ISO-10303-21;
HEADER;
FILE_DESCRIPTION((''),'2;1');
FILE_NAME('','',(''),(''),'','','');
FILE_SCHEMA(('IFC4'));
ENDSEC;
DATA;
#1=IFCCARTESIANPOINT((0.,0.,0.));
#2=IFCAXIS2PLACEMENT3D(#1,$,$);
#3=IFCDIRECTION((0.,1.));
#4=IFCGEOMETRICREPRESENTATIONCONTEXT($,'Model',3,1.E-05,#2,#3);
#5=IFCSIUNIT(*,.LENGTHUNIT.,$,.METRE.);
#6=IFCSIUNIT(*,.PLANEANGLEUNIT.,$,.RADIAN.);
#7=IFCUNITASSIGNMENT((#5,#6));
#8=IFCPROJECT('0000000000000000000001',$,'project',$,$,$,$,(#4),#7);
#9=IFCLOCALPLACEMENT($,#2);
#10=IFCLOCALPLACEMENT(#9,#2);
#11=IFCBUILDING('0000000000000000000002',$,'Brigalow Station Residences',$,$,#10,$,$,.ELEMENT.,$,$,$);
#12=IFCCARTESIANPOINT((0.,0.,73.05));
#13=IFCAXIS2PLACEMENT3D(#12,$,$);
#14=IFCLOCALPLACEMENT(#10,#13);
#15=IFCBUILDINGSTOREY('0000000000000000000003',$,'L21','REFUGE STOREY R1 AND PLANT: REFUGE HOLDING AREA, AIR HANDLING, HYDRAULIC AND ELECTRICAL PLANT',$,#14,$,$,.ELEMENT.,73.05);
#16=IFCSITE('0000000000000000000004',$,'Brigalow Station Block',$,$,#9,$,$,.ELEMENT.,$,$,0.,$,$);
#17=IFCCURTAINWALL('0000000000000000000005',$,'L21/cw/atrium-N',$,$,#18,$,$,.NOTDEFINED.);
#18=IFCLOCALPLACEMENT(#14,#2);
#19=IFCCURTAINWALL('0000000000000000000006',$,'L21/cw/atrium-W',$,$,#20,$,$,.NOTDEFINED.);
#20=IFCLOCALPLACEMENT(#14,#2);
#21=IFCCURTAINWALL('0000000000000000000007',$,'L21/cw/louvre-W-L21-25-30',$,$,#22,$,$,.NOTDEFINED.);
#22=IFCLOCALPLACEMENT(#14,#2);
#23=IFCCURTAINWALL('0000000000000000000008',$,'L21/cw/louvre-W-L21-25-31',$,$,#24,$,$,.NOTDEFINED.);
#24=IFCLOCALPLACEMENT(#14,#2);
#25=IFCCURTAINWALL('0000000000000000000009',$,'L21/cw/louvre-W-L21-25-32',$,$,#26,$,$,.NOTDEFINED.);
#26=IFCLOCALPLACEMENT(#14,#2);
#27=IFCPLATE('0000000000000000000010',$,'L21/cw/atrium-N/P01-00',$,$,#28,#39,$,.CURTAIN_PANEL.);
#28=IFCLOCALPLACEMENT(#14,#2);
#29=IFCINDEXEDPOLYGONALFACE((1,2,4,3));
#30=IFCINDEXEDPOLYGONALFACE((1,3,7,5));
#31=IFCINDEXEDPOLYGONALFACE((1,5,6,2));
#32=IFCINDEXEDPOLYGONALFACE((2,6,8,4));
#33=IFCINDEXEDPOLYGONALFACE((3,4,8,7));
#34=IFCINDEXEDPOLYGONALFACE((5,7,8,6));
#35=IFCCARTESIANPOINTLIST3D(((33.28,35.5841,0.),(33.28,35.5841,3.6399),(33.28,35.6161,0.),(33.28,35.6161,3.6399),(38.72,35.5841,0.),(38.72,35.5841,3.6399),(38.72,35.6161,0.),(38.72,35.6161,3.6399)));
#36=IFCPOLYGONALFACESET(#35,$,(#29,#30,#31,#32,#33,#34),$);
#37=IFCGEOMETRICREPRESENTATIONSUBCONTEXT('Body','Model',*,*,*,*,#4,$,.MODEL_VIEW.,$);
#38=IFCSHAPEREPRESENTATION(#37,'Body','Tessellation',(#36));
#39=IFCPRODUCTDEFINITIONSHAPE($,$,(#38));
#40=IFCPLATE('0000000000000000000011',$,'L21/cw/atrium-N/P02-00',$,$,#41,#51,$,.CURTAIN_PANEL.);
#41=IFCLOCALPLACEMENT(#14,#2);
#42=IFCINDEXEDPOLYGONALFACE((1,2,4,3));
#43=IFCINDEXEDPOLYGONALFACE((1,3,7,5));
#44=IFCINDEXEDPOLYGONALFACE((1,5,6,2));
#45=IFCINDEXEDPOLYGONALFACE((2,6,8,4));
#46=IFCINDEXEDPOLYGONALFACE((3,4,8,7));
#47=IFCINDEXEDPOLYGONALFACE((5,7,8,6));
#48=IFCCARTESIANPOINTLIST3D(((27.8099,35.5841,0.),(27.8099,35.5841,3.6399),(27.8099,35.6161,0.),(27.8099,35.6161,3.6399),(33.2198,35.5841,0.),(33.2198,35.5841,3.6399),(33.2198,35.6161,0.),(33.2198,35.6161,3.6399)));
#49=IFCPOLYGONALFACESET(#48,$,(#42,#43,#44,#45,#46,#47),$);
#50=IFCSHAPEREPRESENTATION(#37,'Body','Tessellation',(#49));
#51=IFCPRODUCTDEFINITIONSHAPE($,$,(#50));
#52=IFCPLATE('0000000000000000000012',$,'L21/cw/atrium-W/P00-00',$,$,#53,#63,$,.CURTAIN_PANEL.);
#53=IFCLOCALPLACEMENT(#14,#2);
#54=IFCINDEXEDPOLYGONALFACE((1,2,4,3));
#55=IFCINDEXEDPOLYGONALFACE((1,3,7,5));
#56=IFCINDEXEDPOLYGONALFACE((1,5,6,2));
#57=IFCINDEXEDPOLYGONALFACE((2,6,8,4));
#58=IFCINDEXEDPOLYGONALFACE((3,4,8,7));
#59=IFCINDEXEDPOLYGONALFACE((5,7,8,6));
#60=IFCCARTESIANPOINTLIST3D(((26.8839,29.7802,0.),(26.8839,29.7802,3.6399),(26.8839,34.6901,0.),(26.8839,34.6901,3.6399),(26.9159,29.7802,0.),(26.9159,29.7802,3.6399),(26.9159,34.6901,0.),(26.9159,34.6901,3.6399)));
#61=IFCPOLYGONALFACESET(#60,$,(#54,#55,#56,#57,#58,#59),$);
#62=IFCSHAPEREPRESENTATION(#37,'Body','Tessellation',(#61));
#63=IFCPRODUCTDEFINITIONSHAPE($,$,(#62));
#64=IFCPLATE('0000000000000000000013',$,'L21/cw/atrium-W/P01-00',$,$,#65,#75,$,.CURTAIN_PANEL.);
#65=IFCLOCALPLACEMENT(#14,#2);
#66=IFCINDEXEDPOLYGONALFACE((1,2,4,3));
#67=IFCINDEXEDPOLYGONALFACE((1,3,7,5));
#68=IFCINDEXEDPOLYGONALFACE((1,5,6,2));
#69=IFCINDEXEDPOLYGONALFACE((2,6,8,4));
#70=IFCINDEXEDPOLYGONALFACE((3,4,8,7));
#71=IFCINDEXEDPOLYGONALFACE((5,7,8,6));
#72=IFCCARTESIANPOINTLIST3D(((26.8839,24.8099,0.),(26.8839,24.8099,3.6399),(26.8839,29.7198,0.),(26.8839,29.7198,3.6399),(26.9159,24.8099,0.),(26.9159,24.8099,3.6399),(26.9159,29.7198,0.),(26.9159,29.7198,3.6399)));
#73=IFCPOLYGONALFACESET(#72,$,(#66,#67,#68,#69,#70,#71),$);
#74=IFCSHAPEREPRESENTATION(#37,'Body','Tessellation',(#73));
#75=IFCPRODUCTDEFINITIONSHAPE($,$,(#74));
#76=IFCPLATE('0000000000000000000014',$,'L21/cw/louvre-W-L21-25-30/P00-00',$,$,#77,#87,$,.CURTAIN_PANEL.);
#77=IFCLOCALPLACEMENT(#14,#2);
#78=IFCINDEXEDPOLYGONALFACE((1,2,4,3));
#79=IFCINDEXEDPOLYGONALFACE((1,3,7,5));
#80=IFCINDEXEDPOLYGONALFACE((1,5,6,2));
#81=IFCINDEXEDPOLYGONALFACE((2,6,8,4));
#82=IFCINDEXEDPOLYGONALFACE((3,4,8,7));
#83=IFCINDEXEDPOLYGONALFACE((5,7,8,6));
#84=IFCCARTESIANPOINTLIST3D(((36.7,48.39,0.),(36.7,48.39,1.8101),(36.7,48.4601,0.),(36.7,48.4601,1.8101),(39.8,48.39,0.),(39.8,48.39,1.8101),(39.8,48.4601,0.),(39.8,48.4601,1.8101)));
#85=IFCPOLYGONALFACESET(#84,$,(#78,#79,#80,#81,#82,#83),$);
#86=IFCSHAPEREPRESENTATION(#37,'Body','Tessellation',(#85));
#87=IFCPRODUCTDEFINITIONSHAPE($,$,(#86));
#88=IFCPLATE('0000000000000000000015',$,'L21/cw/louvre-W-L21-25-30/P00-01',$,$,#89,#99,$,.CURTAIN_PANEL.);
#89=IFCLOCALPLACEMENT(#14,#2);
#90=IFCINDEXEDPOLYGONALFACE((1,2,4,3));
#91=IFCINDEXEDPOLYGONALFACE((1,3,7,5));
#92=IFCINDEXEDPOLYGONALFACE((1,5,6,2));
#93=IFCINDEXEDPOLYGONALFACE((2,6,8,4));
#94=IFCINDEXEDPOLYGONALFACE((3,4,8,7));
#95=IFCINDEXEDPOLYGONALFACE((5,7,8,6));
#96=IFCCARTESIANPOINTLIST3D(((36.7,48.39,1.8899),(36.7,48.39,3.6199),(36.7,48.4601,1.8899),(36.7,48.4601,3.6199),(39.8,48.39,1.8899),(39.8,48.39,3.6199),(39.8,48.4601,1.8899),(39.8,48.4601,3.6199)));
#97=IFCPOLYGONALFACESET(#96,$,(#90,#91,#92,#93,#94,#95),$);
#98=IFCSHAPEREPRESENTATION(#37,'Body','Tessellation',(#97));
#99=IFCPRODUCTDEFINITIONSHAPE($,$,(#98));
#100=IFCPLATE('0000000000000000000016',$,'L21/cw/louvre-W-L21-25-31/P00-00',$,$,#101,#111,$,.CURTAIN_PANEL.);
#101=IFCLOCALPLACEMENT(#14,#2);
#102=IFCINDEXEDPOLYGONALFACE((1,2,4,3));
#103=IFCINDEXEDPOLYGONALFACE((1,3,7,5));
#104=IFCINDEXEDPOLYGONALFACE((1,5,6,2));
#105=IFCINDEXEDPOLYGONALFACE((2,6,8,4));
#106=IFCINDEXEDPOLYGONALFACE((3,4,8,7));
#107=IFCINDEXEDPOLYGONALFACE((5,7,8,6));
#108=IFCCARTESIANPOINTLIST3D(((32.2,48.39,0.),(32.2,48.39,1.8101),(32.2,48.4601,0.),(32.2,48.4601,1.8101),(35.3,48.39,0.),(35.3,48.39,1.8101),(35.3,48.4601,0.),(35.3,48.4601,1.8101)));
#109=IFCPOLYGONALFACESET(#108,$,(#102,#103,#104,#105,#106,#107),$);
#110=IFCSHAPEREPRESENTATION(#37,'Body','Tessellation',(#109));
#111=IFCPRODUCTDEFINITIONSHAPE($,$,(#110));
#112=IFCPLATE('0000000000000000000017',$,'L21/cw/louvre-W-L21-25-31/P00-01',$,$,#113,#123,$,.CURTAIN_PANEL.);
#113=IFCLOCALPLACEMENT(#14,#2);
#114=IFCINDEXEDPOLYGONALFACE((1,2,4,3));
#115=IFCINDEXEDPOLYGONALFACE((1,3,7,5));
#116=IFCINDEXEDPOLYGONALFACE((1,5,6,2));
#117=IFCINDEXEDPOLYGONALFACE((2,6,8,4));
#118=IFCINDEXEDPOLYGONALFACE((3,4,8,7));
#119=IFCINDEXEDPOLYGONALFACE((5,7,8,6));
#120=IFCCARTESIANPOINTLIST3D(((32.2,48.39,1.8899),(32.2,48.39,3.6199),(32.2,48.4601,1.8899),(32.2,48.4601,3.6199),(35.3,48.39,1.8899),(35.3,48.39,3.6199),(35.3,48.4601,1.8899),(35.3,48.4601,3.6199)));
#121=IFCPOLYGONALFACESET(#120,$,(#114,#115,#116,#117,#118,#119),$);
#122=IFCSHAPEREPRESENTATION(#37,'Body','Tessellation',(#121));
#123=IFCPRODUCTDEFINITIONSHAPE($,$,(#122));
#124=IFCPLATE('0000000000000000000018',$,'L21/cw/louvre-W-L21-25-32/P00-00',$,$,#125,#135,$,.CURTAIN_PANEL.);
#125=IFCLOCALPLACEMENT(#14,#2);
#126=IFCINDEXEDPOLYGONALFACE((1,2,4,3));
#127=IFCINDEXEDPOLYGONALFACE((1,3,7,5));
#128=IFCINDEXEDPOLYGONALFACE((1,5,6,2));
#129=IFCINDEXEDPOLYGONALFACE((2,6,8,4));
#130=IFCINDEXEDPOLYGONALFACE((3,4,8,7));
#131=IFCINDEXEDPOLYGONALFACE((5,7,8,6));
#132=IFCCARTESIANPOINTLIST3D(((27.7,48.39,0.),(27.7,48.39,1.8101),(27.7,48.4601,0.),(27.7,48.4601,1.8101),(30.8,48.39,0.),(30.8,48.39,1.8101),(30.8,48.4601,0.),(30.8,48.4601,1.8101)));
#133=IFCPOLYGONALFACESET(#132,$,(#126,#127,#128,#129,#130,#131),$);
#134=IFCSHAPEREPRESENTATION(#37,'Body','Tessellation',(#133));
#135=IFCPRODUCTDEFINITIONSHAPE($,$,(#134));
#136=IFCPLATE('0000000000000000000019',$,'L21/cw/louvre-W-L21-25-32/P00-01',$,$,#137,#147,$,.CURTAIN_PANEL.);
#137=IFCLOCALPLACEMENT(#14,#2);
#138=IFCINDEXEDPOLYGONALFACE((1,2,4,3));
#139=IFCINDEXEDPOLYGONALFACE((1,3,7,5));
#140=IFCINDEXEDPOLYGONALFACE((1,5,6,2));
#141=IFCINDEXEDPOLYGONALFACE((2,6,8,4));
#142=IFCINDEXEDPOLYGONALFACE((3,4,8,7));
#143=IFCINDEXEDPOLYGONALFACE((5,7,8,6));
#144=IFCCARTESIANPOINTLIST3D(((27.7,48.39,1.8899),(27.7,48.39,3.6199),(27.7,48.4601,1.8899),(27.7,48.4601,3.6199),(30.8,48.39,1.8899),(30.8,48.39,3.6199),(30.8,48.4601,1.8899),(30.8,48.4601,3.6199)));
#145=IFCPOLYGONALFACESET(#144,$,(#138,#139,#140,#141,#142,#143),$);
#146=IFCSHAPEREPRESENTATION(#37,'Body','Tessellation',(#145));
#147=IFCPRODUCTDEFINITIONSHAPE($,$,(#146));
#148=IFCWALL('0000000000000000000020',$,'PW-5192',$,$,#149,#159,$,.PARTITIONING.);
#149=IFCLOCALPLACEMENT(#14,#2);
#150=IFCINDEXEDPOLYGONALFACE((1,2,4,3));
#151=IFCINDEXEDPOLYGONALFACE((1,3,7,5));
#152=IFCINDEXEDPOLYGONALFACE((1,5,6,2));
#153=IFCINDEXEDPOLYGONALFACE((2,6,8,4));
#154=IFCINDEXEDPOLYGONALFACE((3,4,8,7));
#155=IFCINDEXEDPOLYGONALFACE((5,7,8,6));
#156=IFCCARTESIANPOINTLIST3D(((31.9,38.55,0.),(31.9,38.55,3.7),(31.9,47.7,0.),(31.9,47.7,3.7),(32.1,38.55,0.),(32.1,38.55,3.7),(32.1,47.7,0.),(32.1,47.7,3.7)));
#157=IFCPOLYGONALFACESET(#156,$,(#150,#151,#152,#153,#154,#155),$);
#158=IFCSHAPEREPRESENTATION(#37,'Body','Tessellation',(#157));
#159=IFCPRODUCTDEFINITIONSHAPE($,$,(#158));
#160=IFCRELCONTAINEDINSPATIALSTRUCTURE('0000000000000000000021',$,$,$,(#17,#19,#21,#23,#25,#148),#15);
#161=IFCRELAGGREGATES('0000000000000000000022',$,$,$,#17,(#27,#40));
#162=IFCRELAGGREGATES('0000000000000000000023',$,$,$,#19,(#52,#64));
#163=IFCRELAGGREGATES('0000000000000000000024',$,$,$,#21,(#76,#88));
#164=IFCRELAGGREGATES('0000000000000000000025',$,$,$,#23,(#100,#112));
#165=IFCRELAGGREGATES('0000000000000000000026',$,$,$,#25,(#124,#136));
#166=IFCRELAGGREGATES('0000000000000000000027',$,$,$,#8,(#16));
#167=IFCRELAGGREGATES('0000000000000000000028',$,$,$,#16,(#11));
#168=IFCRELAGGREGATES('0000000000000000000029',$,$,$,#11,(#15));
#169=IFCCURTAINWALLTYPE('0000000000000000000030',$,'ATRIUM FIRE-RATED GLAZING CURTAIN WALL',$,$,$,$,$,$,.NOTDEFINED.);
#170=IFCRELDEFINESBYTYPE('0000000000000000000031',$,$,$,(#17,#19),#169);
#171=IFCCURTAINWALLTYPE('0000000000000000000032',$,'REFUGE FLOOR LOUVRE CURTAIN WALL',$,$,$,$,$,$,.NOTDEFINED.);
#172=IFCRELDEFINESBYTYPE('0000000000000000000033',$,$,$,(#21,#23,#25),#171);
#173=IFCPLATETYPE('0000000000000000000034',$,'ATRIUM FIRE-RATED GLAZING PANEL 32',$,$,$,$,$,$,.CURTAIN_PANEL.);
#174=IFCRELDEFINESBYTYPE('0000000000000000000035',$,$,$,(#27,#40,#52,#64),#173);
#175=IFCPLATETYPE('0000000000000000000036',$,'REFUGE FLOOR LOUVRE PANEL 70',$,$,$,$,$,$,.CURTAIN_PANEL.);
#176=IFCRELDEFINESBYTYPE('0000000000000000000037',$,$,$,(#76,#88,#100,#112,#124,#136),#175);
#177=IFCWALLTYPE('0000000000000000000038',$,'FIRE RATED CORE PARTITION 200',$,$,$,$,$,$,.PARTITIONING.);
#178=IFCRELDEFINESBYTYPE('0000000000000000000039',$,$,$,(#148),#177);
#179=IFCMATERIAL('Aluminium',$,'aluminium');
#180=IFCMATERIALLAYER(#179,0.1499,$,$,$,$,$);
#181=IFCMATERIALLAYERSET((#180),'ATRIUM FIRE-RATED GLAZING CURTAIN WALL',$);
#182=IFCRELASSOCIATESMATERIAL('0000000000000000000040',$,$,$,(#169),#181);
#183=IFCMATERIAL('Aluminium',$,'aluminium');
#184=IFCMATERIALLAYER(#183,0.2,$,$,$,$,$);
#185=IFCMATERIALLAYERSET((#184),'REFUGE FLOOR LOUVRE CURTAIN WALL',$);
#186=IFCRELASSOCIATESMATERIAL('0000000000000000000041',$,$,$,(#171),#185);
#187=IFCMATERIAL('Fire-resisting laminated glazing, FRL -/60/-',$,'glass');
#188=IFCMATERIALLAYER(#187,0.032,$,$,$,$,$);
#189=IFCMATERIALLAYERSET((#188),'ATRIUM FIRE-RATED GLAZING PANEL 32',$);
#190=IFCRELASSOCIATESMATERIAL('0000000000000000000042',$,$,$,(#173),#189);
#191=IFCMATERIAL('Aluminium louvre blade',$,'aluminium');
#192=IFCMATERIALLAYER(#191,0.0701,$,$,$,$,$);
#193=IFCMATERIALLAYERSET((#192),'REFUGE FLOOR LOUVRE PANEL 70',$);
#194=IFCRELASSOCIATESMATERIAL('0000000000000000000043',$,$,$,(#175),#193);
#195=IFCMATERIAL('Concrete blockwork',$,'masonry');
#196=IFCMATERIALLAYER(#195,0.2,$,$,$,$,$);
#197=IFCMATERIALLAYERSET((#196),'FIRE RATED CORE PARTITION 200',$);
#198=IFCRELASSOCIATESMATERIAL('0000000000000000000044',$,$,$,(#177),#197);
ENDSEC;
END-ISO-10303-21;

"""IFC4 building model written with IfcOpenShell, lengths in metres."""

from ifc_helpers import new_model, si_unit, direction, frame, frame_2d, origin, origin_2d, place, context, subcontext, project, spatial, rectangle, extrude, material, layer, layer_set, type_object, element, aggregate, save


model = new_model("IFC4")

# Units and contexts
model_context = context("Model", 3, precision=1e-05, world=origin(), true_north=direction((0.0, 1.0)))
body_context = subcontext(model_context, "Body", "Model", "MODEL_VIEW")
ifc_project = project(units=[si_unit("LENGTHUNIT", "METRE"), si_unit("PLANEANGLEUNIT", "RADIAN")], contexts=[model_context])

# Site, building, storey
site_placement = place(None, origin())
site = spatial("IfcSite", under=ifc_project, at=site_placement, Name="Brigalow Station Block", CompositionType="ELEMENT", RefElevation=0.0)
building_placement = place(site_placement, origin())
building = spatial("IfcBuilding", under=site, at=building_placement, Name="Brigalow Station Residences", CompositionType="ELEMENT")
storey_placement = place(building_placement, frame((0.0, 0.0, 73.05)))
storey = spatial("IfcBuildingStorey", under=building, at=storey_placement, Name="L21", Description="REFUGE STOREY R1 AND PLANT: REFUGE HOLDING AREA, AIR HANDLING, HYDRAULIC AND ELECTRICAL PLANT", CompositionType="ELEMENT", Elevation=73.05)

# Curtain walls
ifc_material_1 = material(Name="Aluminium", Category="aluminium")
ifc_layer_1 = layer(ifc_material_1, 0.1499)
ifc_layer_set_1 = layer_set([ifc_layer_1], Name="ATRIUM FIRE-RATED GLAZING CURTAIN WALL")
curtain_wall_type_1 = type_object("IfcCurtainWallType", Name="ATRIUM FIRE-RATED GLAZING CURTAIN WALL", PredefinedType="NOTDEFINED", material=ifc_layer_set_1)
curtain_wall_1_placement = place(storey_placement, origin())
curtain_wall_1 = element("IfcCurtainWall", 1, at=curtain_wall_1_placement, inside=storey, type_object=curtain_wall_type_1, Name="L21/cw/atrium-N", PredefinedType="NOTDEFINED")
curtain_wall_2_placement = place(storey_placement, origin())
curtain_wall_2 = element("IfcCurtainWall", 2, at=curtain_wall_2_placement, inside=storey, type_object=curtain_wall_type_1, Name="L21/cw/atrium-W", PredefinedType="NOTDEFINED")

# Curtain wall
ifc_material_2 = material(Name="Aluminium", Category="aluminium")
ifc_layer_2 = layer(ifc_material_2, 0.2)
ifc_layer_set_2 = layer_set([ifc_layer_2], Name="REFUGE FLOOR LOUVRE CURTAIN WALL")
curtain_wall_type_2 = type_object("IfcCurtainWallType", Name="REFUGE FLOOR LOUVRE CURTAIN WALL", PredefinedType="NOTDEFINED", material=ifc_layer_set_2)
curtain_wall_3_placement = place(storey_placement, origin())
curtain_wall_3 = element("IfcCurtainWall", 3, at=curtain_wall_3_placement, inside=storey, type_object=curtain_wall_type_2, Name="L21/cw/louvre-W-L21-25-30", PredefinedType="NOTDEFINED")

# Curtain walls
curtain_wall_4_placement = place(storey_placement, origin())
curtain_wall_4 = element("IfcCurtainWall", 4, at=curtain_wall_4_placement, inside=storey, type_object=curtain_wall_type_2, Name="L21/cw/louvre-W-L21-25-31", PredefinedType="NOTDEFINED")
curtain_wall_5_placement = place(storey_placement, origin())
curtain_wall_5 = element("IfcCurtainWall", 5, at=curtain_wall_5_placement, inside=storey, type_object=curtain_wall_type_2, Name="L21/cw/louvre-W-L21-25-32", PredefinedType="NOTDEFINED")

# Plates
ifc_material_3 = material(Name="Fire-resisting laminated glazing, FRL -/60/-", Category="glass")
ifc_layer_3 = layer(ifc_material_3, 0.032)
ifc_layer_set_3 = layer_set([ifc_layer_3], Name="ATRIUM FIRE-RATED GLAZING PANEL 32")
plate_type_1 = type_object("IfcPlateType", Name="ATRIUM FIRE-RATED GLAZING PANEL 32", PredefinedType="CURTAIN_PANEL", material=ifc_layer_set_3)
plate_1_placement = place(storey_placement, frame((36.0, 35.6001, 0.0), z_axis=(0.0, 0.0, 1.0), x_axis=(-1.0, 0.0, 0.0)))
plate_1 = element("IfcPlate", 6, at=plate_1_placement, type_object=plate_type_1, Name="L21/cw/atrium-N/P01-00", PredefinedType="CURTAIN_PANEL", context=body_context, shape_type="SweptSolid", body=[
    extrude(rectangle(XDim=5.4399, YDim=0.032, at=origin_2d()), origin(), (0.0, 0.0, 1.0), 3.6399),
])
plate_2_placement = place(storey_placement, frame((30.5149, 35.6001, 0.0), z_axis=(0.0, 0.0, 1.0), x_axis=(-1.0, 0.0, 0.0)))
plate_2 = element("IfcPlate", 7, at=plate_2_placement, type_object=plate_type_1, Name="L21/cw/atrium-N/P02-00", PredefinedType="CURTAIN_PANEL", context=body_context, shape_type="SweptSolid", body=[
    extrude(rectangle(XDim=5.4099, YDim=0.032, at=origin_2d()), origin(), (0.0, 0.0, 1.0), 3.6399),
])
aggregate(curtain_wall_1, [plate_1, plate_2])
plate_3_placement = place(storey_placement, frame((26.8999, 32.2351, 0.0), z_axis=(0.0, 0.0, 1.0), x_axis=(0.0, -1.0, 0.0)))
plate_3 = element("IfcPlate", 8, at=plate_3_placement, type_object=plate_type_1, Name="L21/cw/atrium-W/P00-00", PredefinedType="CURTAIN_PANEL", context=body_context, shape_type="SweptSolid", body=[
    extrude(rectangle(XDim=4.9099, YDim=0.032, at=origin_2d()), origin(), (0.0, 0.0, 1.0), 3.6399),
])
plate_4_placement = place(storey_placement, frame((26.8999, 27.2649, 0.0), z_axis=(0.0, 0.0, 1.0), x_axis=(0.0, -1.0, 0.0)))
plate_4 = element("IfcPlate", 9, at=plate_4_placement, type_object=plate_type_1, Name="L21/cw/atrium-W/P01-00", PredefinedType="CURTAIN_PANEL", context=body_context, shape_type="SweptSolid", body=[
    extrude(rectangle(XDim=4.9099, YDim=0.032, at=origin_2d()), origin(), (0.0, 0.0, 1.0), 3.6399),
])
aggregate(curtain_wall_2, [plate_3, plate_4])
ifc_material_4 = material(Name="Aluminium louvre blade", Category="aluminium")
ifc_layer_4 = layer(ifc_material_4, 0.0701)
ifc_layer_set_4 = layer_set([ifc_layer_4], Name="REFUGE FLOOR LOUVRE PANEL 70")
plate_type_2 = type_object("IfcPlateType", Name="REFUGE FLOOR LOUVRE PANEL 70", PredefinedType="CURTAIN_PANEL", material=ifc_layer_set_4)
plate_5_placement = place(storey_placement, frame((38.25, 48.425, 0.0), z_axis=(0.0, 0.0, 1.0), x_axis=(-1.0, 0.0, 0.0)))
plate_5 = element("IfcPlate", 10, at=plate_5_placement, type_object=plate_type_2, Name="L21/cw/louvre-W-L21-25-30/P00-00", PredefinedType="CURTAIN_PANEL", context=body_context, shape_type="SweptSolid", body=[
    extrude(rectangle(XDim=3.1001, YDim=0.0701, at=origin_2d()), origin(), (0.0, 0.0, 1.0), 1.8101),
])
plate_6_placement = place(storey_placement, frame((38.25, 48.425, 1.8899), z_axis=(0.0, 0.0, 1.0), x_axis=(-1.0, 0.0, 0.0)))
plate_6 = element("IfcPlate", 11, at=plate_6_placement, type_object=plate_type_2, Name="L21/cw/louvre-W-L21-25-30/P00-01", PredefinedType="CURTAIN_PANEL", context=body_context, shape_type="SweptSolid", body=[
    extrude(rectangle(XDim=3.1001, YDim=0.0701, at=origin_2d()), origin(), (0.0, 0.0, 1.0), 1.73),
])
aggregate(curtain_wall_3, [plate_5, plate_6])
plate_7_placement = place(storey_placement, frame((33.75, 48.425, 0.0), z_axis=(0.0, 0.0, 1.0), x_axis=(-1.0, 0.0, 0.0)))
plate_7 = element("IfcPlate", 12, at=plate_7_placement, type_object=plate_type_2, Name="L21/cw/louvre-W-L21-25-31/P00-00", PredefinedType="CURTAIN_PANEL", context=body_context, shape_type="SweptSolid", body=[
    extrude(rectangle(XDim=3.1001, YDim=0.0701, at=origin_2d()), origin(), (0.0, 0.0, 1.0), 1.8101),
])
plate_8_placement = place(storey_placement, frame((33.75, 48.425, 1.8899), z_axis=(0.0, 0.0, 1.0), x_axis=(-1.0, 0.0, 0.0)))
plate_8 = element("IfcPlate", 13, at=plate_8_placement, type_object=plate_type_2, Name="L21/cw/louvre-W-L21-25-31/P00-01", PredefinedType="CURTAIN_PANEL", context=body_context, shape_type="SweptSolid", body=[
    extrude(rectangle(XDim=3.1001, YDim=0.0701, at=origin_2d()), origin(), (0.0, 0.0, 1.0), 1.73),
])
aggregate(curtain_wall_4, [plate_7, plate_8])
plate_9_placement = place(storey_placement, frame((29.25, 48.425, 0.0), z_axis=(0.0, 0.0, 1.0), x_axis=(-1.0, 0.0, 0.0)))
plate_9 = element("IfcPlate", 14, at=plate_9_placement, type_object=plate_type_2, Name="L21/cw/louvre-W-L21-25-32/P00-00", PredefinedType="CURTAIN_PANEL", context=body_context, shape_type="SweptSolid", body=[
    extrude(rectangle(XDim=3.1001, YDim=0.0701, at=origin_2d()), origin(), (0.0, 0.0, 1.0), 1.8101),
])
plate_10_placement = place(storey_placement, frame((29.25, 48.425, 1.8899), z_axis=(0.0, 0.0, 1.0), x_axis=(-1.0, 0.0, 0.0)))
plate_10 = element("IfcPlate", 15, at=plate_10_placement, type_object=plate_type_2, Name="L21/cw/louvre-W-L21-25-32/P00-01", PredefinedType="CURTAIN_PANEL", context=body_context, shape_type="SweptSolid", body=[
    extrude(rectangle(XDim=3.1001, YDim=0.0701, at=origin_2d()), origin(), (0.0, 0.0, 1.0), 1.73),
])
aggregate(curtain_wall_5, [plate_9, plate_10])

# Wall
ifc_material_5 = material(Name="Concrete blockwork", Category="masonry")
ifc_layer_5 = layer(ifc_material_5, 0.2)
ifc_layer_set_5 = layer_set([ifc_layer_5], Name="FIRE RATED CORE PARTITION 200")
wall_type = type_object("IfcWallType", Name="FIRE RATED CORE PARTITION 200", PredefinedType="PARTITIONING", material=ifc_layer_set_5)
wall_placement = place(storey_placement, frame((32.0, 38.55, 0.0), z_axis=(0.0, 0.0, 1.0), x_axis=(0.0, 1.0, 0.0)))
element("IfcWall", 16, at=wall_placement, inside=storey, type_object=wall_type, Name="PW-5192", PredefinedType="PARTITIONING", context=body_context, shape_type="SweptSolid", body=[
    extrude(rectangle(XDim=9.1499, YDim=0.2, at=frame_2d((4.575, 0.0))), origin(), (0.0, 0.0, 1.0), 3.7),
])

save(model, "model.ifc")
